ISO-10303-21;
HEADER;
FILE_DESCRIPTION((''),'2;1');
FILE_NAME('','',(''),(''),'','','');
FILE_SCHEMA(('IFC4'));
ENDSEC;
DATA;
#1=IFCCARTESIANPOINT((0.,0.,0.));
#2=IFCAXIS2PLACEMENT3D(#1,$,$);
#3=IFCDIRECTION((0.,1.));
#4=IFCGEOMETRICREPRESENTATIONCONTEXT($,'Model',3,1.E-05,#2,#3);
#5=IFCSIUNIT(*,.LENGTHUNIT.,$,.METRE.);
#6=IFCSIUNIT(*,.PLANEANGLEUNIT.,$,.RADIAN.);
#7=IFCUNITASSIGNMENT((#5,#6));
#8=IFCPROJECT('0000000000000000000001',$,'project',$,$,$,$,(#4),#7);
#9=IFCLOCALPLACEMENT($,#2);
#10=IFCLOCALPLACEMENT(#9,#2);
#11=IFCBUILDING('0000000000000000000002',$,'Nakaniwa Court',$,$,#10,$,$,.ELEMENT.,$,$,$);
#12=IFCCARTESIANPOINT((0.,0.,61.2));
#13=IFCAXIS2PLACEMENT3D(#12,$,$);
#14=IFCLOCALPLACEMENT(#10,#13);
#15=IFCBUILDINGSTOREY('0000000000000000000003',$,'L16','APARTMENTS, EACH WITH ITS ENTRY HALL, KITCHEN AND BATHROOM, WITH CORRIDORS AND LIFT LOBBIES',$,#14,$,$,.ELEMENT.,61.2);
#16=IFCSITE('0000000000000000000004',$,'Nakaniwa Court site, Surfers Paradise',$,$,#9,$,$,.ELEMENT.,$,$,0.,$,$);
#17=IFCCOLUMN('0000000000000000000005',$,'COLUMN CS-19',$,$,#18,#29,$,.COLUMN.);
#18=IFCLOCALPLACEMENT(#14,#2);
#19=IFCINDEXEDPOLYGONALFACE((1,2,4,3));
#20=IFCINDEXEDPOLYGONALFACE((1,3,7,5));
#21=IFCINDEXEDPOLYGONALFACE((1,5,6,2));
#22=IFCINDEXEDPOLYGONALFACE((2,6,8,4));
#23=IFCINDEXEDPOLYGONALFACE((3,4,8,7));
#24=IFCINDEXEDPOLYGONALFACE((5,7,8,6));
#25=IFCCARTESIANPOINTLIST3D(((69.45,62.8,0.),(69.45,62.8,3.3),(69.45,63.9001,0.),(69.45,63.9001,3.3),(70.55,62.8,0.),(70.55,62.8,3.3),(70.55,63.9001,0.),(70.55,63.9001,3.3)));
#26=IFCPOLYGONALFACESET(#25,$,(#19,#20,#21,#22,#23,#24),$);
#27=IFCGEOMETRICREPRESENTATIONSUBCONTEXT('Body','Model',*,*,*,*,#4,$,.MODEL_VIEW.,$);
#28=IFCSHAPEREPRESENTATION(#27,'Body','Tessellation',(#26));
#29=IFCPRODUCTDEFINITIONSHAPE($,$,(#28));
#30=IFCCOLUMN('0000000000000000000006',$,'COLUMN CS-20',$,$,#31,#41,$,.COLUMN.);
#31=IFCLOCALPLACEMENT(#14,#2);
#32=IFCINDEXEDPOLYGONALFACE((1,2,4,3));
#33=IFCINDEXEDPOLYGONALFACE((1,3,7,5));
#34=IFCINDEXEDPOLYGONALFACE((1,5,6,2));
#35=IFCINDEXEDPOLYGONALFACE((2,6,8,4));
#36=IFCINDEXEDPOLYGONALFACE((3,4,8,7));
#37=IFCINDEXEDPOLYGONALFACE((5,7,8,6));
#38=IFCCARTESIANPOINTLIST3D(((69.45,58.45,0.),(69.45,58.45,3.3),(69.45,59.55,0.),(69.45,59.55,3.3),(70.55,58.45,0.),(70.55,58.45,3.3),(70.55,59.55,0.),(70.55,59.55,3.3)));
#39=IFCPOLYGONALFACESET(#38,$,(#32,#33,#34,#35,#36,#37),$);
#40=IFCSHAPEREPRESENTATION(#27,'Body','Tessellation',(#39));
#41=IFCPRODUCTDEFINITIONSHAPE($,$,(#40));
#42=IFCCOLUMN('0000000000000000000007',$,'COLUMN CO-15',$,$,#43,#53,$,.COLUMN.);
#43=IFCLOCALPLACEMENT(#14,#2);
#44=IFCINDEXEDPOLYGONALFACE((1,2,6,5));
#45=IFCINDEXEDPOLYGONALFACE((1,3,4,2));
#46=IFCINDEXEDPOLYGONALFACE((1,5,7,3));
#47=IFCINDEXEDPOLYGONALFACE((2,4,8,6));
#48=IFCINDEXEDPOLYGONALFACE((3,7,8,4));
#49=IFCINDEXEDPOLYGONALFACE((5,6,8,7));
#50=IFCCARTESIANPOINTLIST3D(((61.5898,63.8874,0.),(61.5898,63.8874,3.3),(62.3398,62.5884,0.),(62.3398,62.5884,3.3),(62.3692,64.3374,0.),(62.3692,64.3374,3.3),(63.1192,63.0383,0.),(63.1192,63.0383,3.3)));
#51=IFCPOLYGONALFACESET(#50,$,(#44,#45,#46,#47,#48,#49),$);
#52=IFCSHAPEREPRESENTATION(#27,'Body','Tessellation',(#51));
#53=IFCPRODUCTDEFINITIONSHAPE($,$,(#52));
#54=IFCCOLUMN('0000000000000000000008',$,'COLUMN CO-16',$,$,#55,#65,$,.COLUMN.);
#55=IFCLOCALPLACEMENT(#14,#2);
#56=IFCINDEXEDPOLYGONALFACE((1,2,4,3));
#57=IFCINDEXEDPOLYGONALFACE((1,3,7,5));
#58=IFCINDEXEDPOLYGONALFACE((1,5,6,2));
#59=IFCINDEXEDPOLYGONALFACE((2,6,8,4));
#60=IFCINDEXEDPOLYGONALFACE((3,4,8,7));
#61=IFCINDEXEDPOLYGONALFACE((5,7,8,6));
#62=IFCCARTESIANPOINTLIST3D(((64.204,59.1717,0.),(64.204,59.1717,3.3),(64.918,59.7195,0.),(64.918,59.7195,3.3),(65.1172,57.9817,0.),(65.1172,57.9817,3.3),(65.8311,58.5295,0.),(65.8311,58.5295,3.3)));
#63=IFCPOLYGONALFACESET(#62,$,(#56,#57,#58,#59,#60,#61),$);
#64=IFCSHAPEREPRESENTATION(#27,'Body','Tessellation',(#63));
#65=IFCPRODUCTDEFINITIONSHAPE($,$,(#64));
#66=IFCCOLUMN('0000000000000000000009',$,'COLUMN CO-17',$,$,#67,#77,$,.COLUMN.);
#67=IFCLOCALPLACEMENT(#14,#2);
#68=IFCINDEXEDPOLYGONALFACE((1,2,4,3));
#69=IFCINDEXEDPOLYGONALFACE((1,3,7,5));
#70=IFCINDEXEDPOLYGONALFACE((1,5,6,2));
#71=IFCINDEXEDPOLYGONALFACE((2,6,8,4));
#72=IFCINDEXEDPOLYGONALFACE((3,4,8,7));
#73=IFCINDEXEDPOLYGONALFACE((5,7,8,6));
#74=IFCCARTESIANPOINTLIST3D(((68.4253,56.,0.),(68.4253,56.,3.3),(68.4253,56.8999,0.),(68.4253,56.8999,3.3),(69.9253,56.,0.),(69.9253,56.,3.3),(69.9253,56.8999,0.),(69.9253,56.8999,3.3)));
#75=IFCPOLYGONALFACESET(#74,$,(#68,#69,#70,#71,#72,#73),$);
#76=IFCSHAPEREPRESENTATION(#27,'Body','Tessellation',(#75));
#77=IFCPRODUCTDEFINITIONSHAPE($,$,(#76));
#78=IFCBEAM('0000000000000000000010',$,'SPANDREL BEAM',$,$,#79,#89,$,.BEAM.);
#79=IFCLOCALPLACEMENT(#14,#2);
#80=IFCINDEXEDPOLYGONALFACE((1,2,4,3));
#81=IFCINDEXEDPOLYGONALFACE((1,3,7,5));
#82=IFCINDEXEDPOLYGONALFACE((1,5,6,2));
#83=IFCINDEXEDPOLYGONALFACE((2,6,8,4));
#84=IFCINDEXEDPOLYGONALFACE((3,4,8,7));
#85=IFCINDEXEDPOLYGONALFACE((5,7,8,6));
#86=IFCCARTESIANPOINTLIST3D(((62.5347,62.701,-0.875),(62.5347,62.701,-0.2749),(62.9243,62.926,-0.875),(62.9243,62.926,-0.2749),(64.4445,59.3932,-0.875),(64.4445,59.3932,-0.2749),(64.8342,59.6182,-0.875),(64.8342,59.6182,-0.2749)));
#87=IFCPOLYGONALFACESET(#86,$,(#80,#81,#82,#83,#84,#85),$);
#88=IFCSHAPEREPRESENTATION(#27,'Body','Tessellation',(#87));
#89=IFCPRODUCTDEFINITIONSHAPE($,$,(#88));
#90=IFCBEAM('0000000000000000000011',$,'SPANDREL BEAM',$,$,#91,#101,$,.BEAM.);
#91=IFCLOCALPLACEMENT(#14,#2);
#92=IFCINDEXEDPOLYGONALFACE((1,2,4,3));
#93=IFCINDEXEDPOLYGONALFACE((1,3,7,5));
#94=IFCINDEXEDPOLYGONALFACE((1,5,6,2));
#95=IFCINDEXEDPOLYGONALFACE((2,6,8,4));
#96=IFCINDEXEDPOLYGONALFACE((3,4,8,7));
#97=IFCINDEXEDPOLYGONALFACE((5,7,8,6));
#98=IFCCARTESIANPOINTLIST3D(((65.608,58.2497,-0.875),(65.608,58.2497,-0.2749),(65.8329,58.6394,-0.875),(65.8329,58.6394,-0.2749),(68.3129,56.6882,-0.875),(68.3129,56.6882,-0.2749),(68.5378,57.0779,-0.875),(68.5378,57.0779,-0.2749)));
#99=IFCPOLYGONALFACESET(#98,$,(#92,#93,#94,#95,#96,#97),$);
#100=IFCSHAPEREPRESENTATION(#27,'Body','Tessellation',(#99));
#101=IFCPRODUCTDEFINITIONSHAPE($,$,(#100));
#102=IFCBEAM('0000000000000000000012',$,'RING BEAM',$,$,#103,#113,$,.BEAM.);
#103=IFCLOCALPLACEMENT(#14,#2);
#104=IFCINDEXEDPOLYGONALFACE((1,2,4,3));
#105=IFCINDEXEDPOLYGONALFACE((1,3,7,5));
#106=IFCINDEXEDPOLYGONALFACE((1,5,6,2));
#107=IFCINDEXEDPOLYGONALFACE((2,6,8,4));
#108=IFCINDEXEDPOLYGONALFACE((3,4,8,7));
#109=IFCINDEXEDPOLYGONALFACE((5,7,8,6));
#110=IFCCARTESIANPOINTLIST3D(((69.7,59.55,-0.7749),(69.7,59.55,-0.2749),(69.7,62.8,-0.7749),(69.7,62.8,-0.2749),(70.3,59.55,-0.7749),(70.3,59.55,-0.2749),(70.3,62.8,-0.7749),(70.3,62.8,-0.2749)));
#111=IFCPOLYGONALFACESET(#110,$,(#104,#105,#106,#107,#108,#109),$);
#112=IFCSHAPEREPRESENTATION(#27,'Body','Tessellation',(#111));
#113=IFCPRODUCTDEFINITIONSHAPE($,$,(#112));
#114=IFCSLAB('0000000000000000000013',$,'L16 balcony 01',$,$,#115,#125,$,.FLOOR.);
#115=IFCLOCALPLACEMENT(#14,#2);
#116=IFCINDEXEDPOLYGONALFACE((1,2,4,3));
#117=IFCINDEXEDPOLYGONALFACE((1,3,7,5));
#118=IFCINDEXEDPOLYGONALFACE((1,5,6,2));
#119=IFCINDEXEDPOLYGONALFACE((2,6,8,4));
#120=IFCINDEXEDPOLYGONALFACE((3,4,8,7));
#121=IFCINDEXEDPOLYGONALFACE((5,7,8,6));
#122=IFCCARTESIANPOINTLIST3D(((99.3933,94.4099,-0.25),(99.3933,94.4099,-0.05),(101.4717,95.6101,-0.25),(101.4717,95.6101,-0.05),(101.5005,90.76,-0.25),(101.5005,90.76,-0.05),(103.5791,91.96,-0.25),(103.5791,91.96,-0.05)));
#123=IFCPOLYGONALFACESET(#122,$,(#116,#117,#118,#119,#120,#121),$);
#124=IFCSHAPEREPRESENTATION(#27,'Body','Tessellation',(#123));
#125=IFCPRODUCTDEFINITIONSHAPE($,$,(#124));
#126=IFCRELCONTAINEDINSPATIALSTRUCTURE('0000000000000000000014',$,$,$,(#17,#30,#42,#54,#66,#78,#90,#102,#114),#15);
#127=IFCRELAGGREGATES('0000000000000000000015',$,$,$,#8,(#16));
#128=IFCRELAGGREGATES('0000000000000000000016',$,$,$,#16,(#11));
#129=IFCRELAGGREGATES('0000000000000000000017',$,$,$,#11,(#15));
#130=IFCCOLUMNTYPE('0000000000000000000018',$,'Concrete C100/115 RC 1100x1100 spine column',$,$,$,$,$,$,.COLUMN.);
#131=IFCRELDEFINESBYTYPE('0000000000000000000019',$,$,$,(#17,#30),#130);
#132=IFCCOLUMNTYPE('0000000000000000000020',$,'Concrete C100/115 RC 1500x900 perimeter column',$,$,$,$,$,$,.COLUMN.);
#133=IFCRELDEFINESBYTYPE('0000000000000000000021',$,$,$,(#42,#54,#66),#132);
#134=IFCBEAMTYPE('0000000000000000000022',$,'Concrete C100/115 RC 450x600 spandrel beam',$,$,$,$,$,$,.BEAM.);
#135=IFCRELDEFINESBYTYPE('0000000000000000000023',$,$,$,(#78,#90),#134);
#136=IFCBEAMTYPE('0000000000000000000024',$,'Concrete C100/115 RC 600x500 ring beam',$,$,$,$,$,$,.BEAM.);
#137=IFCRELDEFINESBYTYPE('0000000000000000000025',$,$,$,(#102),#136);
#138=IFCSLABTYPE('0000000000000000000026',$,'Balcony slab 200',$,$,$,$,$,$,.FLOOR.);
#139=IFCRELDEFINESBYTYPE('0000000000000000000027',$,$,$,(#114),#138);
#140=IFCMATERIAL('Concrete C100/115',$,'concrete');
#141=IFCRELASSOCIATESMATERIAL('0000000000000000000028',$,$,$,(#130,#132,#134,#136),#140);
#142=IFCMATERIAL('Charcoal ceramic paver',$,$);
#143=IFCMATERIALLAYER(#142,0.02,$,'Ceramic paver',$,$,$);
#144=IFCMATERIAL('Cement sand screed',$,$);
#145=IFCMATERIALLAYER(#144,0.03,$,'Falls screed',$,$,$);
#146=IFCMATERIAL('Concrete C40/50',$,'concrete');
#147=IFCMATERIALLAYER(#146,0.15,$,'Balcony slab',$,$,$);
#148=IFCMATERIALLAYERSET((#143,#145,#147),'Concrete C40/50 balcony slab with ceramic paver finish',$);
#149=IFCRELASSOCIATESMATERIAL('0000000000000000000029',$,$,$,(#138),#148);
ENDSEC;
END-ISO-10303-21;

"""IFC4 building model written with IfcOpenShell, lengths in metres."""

from ifc_helpers import new_model, si_unit, direction, frame, origin, origin_2d, place, context, subcontext, project, spatial, polyline, rectangle, outline, extrude, material, layer, layer_set, material_profile, profile_set, type_object, element, save


model = new_model("IFC4")

# Units and contexts
model_context = context("Model", 3, precision=1e-05, world=origin(), true_north=direction((0.0, 1.0)))
body_context = subcontext(model_context, "Body", "Model", "MODEL_VIEW")
ifc_project = project(units=[si_unit("LENGTHUNIT", "METRE"), si_unit("PLANEANGLEUNIT", "RADIAN")], contexts=[model_context])

# Site, building, storey
site_placement = place(None, origin())
site = spatial("IfcSite", under=ifc_project, at=site_placement, Name="Nakaniwa Court site, Surfers Paradise", CompositionType="ELEMENT", RefElevation=0.0)
building_placement = place(site_placement, origin())
building = spatial("IfcBuilding", under=site, at=building_placement, Name="Nakaniwa Court", CompositionType="ELEMENT")
storey_placement = place(building_placement, frame((0.0, 0.0, 61.2)))
storey = spatial("IfcBuildingStorey", under=building, at=storey_placement, Name="L16", Description="APARTMENTS, EACH WITH ITS ENTRY HALL, KITCHEN AND BATHROOM, WITH CORRIDORS AND LIFT LOBBIES", CompositionType="ELEMENT", Elevation=61.2)

# Columns
ifc_material_1 = material(Name="Concrete C100/115", Category="concrete")
ifc_material_profile_1 = material_profile(ifc_material_1, rectangle(XDim=1.1001, YDim=1.1001, at=origin_2d()), Name="Concrete C100/115 RC 1100x1100 spine column")
ifc_profile_set_1 = profile_set([ifc_material_profile_1], Name="Concrete C100/115")
column_type_1 = type_object("IfcColumnType", Name="Concrete C100/115 RC 1100x1100 spine column", PredefinedType="COLUMN", material=ifc_profile_set_1)
for number, where, z_axis, x_axis, name in (
    (1, (70.0, 63.3501, 0.0), (0.0, 0.0, 1.0), (0.0, -1.0, 0.0), "COLUMN CS-19"),
    (2, (70.0, 59.0, 0.0), (0.0, 0.0, 1.0), (0.0, -1.0, 0.0), "COLUMN CS-20"),
):
    element("IfcColumn", number, at=place(storey_placement, frame(where, z_axis=z_axis, x_axis=x_axis)), inside=storey, type_object=column_type_1, Name=name, PredefinedType="COLUMN", context=body_context, shape_type="SweptSolid", body=[
        extrude(rectangle(XDim=1.1001, YDim=1.1001, at=origin_2d()), origin(), (0.0, 0.0, 1.0), 3.3),
    ])
ifc_material_profile_2 = material_profile(ifc_material_1, rectangle(XDim=1.5, YDim=0.8999, at=origin_2d()), Name="Concrete C100/115 RC 1500x900 perimeter column")
ifc_profile_set_2 = profile_set([ifc_material_profile_2], Name="Concrete C100/115")
column_type_2 = type_object("IfcColumnType", Name="Concrete C100/115 RC 1500x900 perimeter column", PredefinedType="COLUMN", material=ifc_profile_set_2)
for number, where, z_axis, x_axis, name in (
    (3, (62.3545, 63.4629, 0.0), (0.0, 0.0, 1.0), (0.5, -0.866025, 0.0), "COLUMN CO-15"),
    (4, (65.0176, 58.8506, 0.0), (0.0, 0.0, 1.0), (0.608761, -0.793353, 0.0), "COLUMN CO-16"),
    (5, (69.1753, 56.45, 0.0), (0.0, 0.0, 1.0), (1.0, 0.0, 0.0), "COLUMN CO-17"),
):
    element("IfcColumn", number, at=place(storey_placement, frame(where, z_axis=z_axis, x_axis=x_axis)), inside=storey, type_object=column_type_2, Name=name, PredefinedType="COLUMN", context=body_context, shape_type="SweptSolid", body=[
        extrude(rectangle(XDim=1.5, YDim=0.8999, at=origin_2d()), origin(), (0.0, 0.0, 1.0), 3.3),
    ])

# Beams
ifc_material_profile_3 = material_profile(ifc_material_1, rectangle(XDim=0.45, YDim=0.6001, at=origin_2d()), Name="Concrete C100/115 RC 450x600 spandrel beam")
ifc_profile_set_3 = profile_set([ifc_material_profile_3], Name="Concrete C100/115")
beam_type_1 = type_object("IfcBeamType", Name="Concrete C100/115 RC 450x600 spandrel beam", PredefinedType="BEAM", material=ifc_profile_set_3)
beam_1_placement = place(storey_placement, frame((62.7295, 62.8135, -0.575), z_axis=(0.500023, -0.866012, 0.0), x_axis=(0.866012, 0.500023, 0.0)))
element("IfcBeam", 6, at=beam_1_placement, inside=storey, type_object=beam_type_1, Name="SPANDREL BEAM", PredefinedType="BEAM", context=body_context, shape_type="SweptSolid", body=[
    extrude(rectangle(XDim=0.45, YDim=0.6001, at=origin_2d()), origin(), (0.0, 0.0, 1.0), 3.8196),
])
beam_2_placement = place(storey_placement, frame((65.7205, 58.4446, -0.575), z_axis=(0.866041, -0.499973, 0.0), x_axis=(0.499973, 0.866041, 0.0)))
element("IfcBeam", 7, at=beam_2_placement, inside=storey, type_object=beam_type_1, Name="SPANDREL BEAM", PredefinedType="BEAM", context=body_context, shape_type="SweptSolid", body=[
    extrude(rectangle(XDim=0.45, YDim=0.6001, at=origin_2d()), origin(), (0.0, 0.0, 1.0), 3.1233),
])
ifc_material_profile_4 = material_profile(ifc_material_1, rectangle(XDim=0.6001, YDim=0.5, at=origin_2d()), Name="Concrete C100/115 RC 600x500 ring beam")
ifc_profile_set_4 = profile_set([ifc_material_profile_4], Name="Concrete C100/115")
beam_type_2 = type_object("IfcBeamType", Name="Concrete C100/115 RC 600x500 ring beam", PredefinedType="BEAM", material=ifc_profile_set_4)
beam_3_placement = place(storey_placement, frame((70.0, 62.8, -0.5249), z_axis=(0.0, -1.0, 0.0), x_axis=(1.0, 0.0, 0.0)))
element("IfcBeam", 8, at=beam_3_placement, inside=storey, type_object=beam_type_2, Name="RING BEAM", PredefinedType="BEAM", context=body_context, shape_type="SweptSolid", body=[
    extrude(rectangle(XDim=0.6001, YDim=0.5, at=origin_2d()), origin(), (0.0, 0.0, 1.0), 3.25),
])

# Slab
ifc_material_2 = material(Name="Charcoal ceramic paver")
ifc_layer_1 = layer(ifc_material_2, 0.02, Name="Ceramic paver")
ifc_material_3 = material(Name="Cement sand screed")
ifc_layer_2 = layer(ifc_material_3, 0.03, Name="Falls screed")
ifc_material_4 = material(Name="Concrete C40/50", Category="concrete")
ifc_layer_3 = layer(ifc_material_4, 0.15, Name="Balcony slab")
ifc_layer_set_1 = layer_set([ifc_layer_1, ifc_layer_2, ifc_layer_3], Name="Concrete C40/50 balcony slab with ceramic paver finish")
slab_type_1 = type_object("IfcSlabType", Name="Balcony slab 200", PredefinedType="FLOOR", material=ifc_layer_set_1)
slab_1_placement = place(storey_placement, frame((0.0, 0.0, -0.25)))
element("IfcSlab", 9, at=slab_1_placement, inside=storey, type_object=slab_type_1, Name="L16 balcony 01", PredefinedType="FLOOR", context=body_context, shape_type="SweptSolid", body=[
    extrude(outline(polyline([(101.5005, 90.76), (99.3933, 94.4099), (101.4717, 95.6101), (103.5791, 91.96), (101.5005, 90.76)])), origin(), (0.0, 0.0, 1.0), 0.2),
])

save(model, "model.ifc")
